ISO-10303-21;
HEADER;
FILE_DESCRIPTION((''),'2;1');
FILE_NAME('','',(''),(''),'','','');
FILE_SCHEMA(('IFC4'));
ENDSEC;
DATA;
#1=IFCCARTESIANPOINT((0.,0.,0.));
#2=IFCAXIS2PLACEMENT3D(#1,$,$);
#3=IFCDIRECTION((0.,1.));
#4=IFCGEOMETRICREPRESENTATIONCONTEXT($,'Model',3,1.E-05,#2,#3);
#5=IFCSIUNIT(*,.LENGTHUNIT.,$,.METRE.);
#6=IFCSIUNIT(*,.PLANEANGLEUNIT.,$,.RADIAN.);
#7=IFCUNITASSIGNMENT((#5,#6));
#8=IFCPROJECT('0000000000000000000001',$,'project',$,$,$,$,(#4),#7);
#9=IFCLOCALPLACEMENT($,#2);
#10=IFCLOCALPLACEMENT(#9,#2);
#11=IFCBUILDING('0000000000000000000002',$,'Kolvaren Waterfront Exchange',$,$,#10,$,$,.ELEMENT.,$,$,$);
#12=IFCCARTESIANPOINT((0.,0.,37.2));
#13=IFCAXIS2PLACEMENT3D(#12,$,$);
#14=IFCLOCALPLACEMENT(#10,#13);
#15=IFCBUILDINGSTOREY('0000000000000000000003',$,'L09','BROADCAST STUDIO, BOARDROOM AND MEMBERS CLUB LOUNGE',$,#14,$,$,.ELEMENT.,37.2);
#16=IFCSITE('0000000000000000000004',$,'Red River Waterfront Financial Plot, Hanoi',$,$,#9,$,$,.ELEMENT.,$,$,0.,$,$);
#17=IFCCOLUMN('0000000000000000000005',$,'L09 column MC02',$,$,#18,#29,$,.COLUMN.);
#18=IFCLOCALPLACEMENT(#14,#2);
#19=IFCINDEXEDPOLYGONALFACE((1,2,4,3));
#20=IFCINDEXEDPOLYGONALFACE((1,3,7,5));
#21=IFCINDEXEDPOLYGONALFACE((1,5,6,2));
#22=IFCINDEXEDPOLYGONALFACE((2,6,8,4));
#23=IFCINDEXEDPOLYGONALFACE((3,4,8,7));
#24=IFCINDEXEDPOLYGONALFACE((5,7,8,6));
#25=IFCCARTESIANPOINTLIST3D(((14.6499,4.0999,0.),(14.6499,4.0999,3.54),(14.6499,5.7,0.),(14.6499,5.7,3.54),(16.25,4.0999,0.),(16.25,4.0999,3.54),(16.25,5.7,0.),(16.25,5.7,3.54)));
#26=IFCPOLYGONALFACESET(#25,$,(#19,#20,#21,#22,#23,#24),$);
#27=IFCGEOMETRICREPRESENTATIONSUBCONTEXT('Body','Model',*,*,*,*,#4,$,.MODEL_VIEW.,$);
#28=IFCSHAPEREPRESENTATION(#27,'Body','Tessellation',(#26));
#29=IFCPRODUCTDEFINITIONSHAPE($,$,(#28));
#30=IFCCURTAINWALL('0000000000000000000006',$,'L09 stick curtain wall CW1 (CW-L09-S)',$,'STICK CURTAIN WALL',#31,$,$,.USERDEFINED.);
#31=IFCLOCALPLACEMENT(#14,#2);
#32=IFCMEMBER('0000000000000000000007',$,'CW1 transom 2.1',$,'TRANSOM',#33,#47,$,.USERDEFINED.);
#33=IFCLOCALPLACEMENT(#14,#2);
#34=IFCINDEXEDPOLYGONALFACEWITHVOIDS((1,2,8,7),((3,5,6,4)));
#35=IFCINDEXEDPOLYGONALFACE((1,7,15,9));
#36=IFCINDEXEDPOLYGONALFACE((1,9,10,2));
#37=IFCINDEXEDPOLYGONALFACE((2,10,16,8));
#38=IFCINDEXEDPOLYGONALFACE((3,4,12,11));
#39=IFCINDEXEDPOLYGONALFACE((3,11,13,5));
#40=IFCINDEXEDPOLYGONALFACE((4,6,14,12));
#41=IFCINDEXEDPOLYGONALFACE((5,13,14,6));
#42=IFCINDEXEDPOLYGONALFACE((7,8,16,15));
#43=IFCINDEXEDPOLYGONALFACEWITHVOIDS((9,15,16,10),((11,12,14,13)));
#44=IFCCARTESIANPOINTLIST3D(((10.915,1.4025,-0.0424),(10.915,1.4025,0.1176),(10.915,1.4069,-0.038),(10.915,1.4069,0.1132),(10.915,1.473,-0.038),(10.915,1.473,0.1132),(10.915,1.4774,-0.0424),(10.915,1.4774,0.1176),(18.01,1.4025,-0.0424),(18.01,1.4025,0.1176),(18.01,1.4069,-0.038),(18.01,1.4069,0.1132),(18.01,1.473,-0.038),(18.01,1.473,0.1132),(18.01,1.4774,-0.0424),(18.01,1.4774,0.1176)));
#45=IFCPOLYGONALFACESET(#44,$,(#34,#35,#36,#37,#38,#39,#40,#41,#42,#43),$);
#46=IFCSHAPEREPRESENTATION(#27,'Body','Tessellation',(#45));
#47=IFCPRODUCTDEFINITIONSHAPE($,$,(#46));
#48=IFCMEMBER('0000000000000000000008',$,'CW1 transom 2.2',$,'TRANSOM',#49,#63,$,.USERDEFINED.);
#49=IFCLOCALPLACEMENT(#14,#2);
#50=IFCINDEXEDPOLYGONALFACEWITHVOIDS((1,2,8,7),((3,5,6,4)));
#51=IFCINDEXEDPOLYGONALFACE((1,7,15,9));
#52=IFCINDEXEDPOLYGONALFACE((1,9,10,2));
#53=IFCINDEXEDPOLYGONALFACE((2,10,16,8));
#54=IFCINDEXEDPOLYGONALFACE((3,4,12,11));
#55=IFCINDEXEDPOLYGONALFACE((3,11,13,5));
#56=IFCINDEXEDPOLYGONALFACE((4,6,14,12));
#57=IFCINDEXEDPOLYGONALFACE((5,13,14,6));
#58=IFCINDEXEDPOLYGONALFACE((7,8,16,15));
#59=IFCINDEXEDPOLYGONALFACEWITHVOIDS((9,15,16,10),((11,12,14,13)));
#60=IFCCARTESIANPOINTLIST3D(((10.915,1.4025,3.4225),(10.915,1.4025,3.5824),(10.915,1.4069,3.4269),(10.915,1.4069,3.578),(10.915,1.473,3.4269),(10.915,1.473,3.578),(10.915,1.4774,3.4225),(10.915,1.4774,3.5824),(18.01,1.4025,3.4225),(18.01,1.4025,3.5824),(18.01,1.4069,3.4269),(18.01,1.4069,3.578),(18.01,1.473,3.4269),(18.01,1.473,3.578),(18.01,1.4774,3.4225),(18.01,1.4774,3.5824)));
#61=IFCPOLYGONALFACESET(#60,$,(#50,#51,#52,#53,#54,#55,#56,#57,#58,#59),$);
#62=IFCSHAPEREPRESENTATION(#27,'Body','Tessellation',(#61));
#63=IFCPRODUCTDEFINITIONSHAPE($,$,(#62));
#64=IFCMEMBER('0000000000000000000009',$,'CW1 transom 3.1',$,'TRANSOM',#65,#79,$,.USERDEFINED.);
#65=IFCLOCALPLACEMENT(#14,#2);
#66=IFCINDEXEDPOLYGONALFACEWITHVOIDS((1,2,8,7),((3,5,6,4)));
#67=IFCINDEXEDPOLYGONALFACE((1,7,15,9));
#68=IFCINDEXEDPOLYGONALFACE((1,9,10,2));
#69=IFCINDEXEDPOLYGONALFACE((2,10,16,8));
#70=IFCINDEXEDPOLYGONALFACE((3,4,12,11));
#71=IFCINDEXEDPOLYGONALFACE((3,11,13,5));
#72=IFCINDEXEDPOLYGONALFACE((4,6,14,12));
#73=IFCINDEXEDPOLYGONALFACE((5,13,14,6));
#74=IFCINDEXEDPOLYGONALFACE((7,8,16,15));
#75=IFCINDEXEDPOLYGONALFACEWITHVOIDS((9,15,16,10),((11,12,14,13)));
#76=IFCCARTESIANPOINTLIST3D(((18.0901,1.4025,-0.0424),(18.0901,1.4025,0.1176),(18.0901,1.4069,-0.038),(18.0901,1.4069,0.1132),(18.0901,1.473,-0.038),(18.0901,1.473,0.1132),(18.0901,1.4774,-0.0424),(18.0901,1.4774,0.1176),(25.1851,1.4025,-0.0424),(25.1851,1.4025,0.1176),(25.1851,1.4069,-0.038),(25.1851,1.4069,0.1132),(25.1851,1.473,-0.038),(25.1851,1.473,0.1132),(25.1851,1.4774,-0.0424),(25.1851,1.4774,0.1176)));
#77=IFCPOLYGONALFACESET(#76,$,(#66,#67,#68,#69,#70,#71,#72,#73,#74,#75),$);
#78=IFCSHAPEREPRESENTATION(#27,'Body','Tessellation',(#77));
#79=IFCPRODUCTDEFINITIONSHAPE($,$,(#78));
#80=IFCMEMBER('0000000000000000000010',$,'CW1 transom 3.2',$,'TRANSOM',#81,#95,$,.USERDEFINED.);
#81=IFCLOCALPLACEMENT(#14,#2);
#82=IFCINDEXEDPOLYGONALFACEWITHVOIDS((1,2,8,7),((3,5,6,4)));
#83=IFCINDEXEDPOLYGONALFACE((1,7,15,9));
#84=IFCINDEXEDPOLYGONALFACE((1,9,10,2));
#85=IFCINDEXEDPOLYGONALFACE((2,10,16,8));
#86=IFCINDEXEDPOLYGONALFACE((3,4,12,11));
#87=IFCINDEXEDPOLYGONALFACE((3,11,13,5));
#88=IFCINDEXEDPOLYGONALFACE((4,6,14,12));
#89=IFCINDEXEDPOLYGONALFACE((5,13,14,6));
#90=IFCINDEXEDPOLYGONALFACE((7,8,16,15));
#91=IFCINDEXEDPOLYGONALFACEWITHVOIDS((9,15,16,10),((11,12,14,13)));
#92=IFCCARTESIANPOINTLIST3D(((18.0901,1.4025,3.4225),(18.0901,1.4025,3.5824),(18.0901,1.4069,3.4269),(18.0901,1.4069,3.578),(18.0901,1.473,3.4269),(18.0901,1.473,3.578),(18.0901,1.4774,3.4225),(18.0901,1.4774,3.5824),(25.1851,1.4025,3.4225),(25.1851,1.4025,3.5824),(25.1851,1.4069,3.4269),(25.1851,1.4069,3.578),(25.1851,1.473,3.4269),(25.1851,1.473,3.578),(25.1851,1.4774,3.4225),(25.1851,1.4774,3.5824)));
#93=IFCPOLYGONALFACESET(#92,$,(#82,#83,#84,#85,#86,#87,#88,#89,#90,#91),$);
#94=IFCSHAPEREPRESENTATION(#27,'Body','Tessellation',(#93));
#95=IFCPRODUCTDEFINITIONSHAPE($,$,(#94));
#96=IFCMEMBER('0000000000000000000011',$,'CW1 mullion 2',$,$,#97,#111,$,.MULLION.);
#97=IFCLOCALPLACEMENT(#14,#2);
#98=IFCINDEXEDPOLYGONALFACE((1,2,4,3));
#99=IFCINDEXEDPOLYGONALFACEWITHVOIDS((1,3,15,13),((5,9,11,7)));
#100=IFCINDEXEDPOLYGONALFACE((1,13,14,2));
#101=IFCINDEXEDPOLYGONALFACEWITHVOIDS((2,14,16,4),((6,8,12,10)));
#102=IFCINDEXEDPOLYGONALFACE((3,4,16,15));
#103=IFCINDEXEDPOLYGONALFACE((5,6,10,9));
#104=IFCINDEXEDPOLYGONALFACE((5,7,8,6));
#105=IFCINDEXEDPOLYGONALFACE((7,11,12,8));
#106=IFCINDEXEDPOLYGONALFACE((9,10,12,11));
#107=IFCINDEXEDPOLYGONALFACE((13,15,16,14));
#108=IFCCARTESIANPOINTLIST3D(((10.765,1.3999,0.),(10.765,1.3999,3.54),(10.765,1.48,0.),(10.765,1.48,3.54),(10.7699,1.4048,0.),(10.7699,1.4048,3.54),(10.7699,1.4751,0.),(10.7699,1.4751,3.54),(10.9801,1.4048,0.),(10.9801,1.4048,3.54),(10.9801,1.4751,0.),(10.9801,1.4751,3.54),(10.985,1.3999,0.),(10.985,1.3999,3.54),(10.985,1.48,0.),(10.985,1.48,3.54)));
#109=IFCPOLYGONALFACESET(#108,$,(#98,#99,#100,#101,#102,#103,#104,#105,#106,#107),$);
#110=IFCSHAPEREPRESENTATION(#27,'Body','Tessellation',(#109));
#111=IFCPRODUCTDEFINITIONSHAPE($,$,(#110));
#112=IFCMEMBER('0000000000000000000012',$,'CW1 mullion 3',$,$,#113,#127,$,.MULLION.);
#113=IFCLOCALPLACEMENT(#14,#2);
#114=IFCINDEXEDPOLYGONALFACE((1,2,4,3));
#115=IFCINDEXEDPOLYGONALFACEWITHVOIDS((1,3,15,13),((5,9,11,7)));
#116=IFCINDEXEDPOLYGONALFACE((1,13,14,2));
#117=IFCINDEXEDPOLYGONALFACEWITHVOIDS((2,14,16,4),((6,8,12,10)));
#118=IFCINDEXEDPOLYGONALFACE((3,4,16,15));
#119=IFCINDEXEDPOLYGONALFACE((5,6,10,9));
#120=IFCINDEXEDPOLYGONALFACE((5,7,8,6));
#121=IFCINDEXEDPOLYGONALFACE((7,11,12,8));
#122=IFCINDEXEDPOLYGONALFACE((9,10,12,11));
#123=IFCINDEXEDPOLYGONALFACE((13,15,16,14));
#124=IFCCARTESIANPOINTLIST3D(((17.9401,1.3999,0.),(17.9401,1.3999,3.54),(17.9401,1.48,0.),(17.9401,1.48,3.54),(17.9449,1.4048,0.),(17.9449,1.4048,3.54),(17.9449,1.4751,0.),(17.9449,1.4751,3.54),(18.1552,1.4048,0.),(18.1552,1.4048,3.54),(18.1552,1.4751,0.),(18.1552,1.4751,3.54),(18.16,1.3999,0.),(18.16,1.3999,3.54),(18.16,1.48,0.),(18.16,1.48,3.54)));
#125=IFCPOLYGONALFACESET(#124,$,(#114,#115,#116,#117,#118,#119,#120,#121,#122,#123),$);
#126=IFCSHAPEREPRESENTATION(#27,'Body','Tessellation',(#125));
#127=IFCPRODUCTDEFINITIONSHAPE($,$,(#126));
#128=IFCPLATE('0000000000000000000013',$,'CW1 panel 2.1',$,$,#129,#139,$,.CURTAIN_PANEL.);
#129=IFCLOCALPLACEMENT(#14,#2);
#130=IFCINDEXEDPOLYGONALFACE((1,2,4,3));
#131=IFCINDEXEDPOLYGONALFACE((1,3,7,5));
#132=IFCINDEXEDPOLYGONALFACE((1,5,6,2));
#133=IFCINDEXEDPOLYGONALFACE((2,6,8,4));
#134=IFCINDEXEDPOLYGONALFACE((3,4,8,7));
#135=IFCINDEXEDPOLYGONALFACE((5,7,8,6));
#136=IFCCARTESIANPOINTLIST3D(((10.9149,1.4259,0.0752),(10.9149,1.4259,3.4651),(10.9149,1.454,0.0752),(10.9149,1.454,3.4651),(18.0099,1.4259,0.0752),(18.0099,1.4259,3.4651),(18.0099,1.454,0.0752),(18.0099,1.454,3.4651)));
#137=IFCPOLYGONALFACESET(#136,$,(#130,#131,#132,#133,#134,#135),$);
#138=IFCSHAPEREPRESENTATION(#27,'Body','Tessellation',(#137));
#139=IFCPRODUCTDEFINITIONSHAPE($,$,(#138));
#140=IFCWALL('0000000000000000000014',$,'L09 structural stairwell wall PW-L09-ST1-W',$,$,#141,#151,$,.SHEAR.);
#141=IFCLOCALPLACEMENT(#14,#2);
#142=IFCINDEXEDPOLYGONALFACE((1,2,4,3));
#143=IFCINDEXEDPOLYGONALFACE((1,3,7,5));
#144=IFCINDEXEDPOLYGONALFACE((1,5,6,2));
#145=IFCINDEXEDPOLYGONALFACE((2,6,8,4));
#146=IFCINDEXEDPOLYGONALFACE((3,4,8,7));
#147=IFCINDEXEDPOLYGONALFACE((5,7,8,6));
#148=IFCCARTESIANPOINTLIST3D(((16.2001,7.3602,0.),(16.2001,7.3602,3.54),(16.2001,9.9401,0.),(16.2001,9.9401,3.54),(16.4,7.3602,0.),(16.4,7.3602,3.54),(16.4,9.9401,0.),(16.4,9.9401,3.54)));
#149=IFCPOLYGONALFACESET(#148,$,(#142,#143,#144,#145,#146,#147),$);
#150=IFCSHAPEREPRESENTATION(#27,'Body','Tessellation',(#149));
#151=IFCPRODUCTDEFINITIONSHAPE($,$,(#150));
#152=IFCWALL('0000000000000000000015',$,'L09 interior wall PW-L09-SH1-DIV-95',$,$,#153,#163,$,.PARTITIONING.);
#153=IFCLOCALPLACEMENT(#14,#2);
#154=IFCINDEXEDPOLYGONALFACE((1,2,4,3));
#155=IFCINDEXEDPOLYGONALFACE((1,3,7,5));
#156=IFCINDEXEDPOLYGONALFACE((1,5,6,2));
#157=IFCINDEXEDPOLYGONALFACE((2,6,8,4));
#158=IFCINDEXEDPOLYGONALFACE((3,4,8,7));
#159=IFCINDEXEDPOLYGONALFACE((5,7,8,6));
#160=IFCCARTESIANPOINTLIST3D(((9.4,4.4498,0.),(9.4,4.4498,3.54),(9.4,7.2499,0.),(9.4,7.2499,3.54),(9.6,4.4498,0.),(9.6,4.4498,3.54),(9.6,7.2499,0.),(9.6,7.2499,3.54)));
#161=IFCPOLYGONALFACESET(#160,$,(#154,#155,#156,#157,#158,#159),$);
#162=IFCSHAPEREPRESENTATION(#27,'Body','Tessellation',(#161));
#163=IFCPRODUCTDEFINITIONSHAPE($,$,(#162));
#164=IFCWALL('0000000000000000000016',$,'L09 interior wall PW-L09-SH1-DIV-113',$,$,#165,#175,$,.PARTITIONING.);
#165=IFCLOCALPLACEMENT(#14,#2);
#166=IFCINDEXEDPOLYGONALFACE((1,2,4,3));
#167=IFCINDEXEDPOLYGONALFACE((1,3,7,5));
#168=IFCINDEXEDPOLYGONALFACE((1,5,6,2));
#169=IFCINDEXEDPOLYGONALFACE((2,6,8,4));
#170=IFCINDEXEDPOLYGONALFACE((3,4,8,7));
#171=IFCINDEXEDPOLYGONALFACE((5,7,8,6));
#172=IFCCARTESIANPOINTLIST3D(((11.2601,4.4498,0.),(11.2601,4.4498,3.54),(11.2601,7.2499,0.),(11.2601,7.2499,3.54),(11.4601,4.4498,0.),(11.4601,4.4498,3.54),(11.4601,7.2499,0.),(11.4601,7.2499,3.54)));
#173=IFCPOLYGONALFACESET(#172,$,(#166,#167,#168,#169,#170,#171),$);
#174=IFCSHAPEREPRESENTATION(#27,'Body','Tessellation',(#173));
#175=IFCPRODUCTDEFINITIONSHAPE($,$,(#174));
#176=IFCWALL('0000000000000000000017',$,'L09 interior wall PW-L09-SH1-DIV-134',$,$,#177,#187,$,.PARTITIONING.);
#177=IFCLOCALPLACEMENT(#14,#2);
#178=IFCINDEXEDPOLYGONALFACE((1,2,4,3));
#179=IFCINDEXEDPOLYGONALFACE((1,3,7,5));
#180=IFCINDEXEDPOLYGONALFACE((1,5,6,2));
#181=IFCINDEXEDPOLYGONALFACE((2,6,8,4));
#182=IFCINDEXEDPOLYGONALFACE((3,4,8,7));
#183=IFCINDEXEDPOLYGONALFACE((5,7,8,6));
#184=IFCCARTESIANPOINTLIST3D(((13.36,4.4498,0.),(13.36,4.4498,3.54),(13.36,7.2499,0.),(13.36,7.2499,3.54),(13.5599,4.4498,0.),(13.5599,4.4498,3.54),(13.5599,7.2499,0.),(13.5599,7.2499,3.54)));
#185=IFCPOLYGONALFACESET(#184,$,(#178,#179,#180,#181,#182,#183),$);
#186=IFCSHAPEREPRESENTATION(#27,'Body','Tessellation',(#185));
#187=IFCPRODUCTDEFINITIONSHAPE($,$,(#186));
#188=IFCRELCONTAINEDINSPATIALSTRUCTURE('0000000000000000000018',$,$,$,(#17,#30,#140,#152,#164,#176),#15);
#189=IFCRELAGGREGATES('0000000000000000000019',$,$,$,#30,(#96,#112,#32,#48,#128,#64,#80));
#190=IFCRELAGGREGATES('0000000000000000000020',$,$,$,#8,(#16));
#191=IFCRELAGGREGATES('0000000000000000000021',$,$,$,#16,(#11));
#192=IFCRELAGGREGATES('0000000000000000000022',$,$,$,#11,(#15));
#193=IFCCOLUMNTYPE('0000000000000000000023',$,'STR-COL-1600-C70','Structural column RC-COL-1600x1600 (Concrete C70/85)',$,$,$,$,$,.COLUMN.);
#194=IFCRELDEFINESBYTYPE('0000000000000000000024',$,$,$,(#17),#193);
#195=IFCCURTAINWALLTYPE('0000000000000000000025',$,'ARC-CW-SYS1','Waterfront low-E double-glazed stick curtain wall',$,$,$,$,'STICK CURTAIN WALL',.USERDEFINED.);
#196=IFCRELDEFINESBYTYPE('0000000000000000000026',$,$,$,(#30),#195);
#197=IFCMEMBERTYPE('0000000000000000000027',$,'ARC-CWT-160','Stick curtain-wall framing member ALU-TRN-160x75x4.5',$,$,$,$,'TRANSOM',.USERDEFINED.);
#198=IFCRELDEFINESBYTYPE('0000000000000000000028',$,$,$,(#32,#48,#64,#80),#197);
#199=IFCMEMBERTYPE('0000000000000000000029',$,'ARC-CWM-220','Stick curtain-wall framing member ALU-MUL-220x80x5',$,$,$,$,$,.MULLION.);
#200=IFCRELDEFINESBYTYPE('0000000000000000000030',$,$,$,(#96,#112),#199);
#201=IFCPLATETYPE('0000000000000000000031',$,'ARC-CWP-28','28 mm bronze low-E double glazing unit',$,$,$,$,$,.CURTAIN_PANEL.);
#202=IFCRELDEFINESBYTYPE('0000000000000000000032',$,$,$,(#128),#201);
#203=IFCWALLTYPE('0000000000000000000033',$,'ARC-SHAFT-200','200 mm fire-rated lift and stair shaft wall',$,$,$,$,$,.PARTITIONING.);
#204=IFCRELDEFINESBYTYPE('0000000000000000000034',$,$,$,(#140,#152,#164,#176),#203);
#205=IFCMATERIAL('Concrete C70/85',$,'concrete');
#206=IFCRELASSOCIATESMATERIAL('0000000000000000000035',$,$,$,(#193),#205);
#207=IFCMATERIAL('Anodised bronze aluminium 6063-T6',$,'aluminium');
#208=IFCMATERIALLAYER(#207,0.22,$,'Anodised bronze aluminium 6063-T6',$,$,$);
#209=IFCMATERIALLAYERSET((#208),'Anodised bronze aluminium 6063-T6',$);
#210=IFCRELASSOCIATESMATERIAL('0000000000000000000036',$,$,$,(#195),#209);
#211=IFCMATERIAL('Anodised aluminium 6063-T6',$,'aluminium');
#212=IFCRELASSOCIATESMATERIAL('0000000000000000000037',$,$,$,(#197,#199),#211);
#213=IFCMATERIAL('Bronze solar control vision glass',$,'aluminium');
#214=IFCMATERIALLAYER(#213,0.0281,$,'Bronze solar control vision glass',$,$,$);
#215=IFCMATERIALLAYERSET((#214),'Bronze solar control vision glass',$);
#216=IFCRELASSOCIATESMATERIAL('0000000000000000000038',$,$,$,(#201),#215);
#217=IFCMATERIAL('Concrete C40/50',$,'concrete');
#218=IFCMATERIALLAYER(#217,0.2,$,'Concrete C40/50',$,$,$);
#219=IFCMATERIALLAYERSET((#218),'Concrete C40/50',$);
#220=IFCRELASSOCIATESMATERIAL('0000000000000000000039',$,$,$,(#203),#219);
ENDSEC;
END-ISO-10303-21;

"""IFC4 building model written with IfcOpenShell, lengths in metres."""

from ifc_helpers import new_model, si_unit, direction, frame, frame_2d, origin, origin_with_axes, origin_2d, place, context, subcontext, project, spatial, rectangle, hollow_rectangle, extrude, source, transform, mapped, material, layer, layer_set, material_profile, profile_set, type_object, element, aggregate, save


model = new_model("IFC4")

# Units and contexts
model_context = context("Model", 3, precision=1e-05, world=origin(), true_north=direction((0.0, 1.0)))
body_context = subcontext(model_context, "Body", "Model", "MODEL_VIEW")
ifc_project = project(units=[si_unit("LENGTHUNIT", "METRE"), si_unit("PLANEANGLEUNIT", "RADIAN")], contexts=[model_context])

# Site, building, storey
site_placement = place(None, origin())
site = spatial("IfcSite", under=ifc_project, at=site_placement, Name="Red River Waterfront Financial Plot, Hanoi", CompositionType="ELEMENT", RefElevation=0.0)
building_placement = place(site_placement, origin())
building = spatial("IfcBuilding", under=site, at=building_placement, Name="Kolvaren Waterfront Exchange", CompositionType="ELEMENT")
storey_placement = place(building_placement, frame((0.0, 0.0, 37.2)))
storey = spatial("IfcBuildingStorey", under=building, at=storey_placement, Name="L09", Description="BROADCAST STUDIO, BOARDROOM AND MEMBERS CLUB LOUNGE", CompositionType="ELEMENT", Elevation=37.2)

# Column
ifc_material_1 = material(Name="Concrete C70/85", Category="concrete")
ifc_material_profile_1 = material_profile(ifc_material_1, rectangle(XDim=1.6001, YDim=1.6001, at=origin_2d()), Name="RC-COL-1600x1600")
ifc_profile_set_1 = profile_set([ifc_material_profile_1], Name="Concrete C70/85")
column_type = type_object("IfcColumnType", Name="STR-COL-1600-C70", Description="Structural column RC-COL-1600x1600 (Concrete C70/85)", PredefinedType="COLUMN", material=ifc_profile_set_1)
column_placement = place(storey_placement, frame((15.45, 4.8999, 0.0), z_axis=(0.0, 0.0, 1.0), x_axis=(1.0, 0.0, 0.0)))
element("IfcColumn", 1, at=column_placement, inside=storey, type_object=column_type, Name="L09 column MC02", PredefinedType="COLUMN", context=body_context, shape_type="SweptSolid", body=[
    extrude(rectangle(XDim=1.6001, YDim=1.6001, at=origin_2d()), origin(), (0.0, 0.0, 1.0), 3.54),
])

# Curtain wall, members, plate
ifc_material_2 = material(Name="Anodised bronze aluminium 6063-T6", Category="aluminium")
ifc_layer_1 = layer(ifc_material_2, 0.22, Name="Anodised bronze aluminium 6063-T6")
ifc_layer_set_1 = layer_set([ifc_layer_1], Name="Anodised bronze aluminium 6063-T6")
curtain_wall_type = type_object("IfcCurtainWallType", Name="ARC-CW-SYS1", Description="Waterfront low-E double-glazed stick curtain wall", ElementType="STICK CURTAIN WALL", PredefinedType="USERDEFINED", material=ifc_layer_set_1)
curtain_wall_placement = place(storey_placement, origin())
curtain_wall = element("IfcCurtainWall", 2, at=curtain_wall_placement, inside=storey, type_object=curtain_wall_type, Name="L09 stick curtain wall CW1 (CW-L09-S)", ObjectType="STICK CURTAIN WALL", PredefinedType="USERDEFINED")
ifc_material_3 = material(Name="Anodised aluminium 6063-T6", Category="aluminium")
ifc_material_profile_2 = material_profile(ifc_material_3, hollow_rectangle(XDim=0.075, YDim=0.1599, WallThickness=0.0044, at=origin_2d()), Name="ALU-TRN-160x75x4.5")
ifc_profile_set_2 = profile_set([ifc_material_profile_2], Name="Anodised aluminium 6063-T6")
member_type_1 = type_object("IfcMemberType", Name="ARC-CWT-160", Description="Stick curtain-wall framing member ALU-TRN-160x75x4.5", ElementType="TRANSOM", PredefinedType="USERDEFINED", material=ifc_profile_set_2)
shared_shape_1 = source(origin_with_axes(), body_context, "Body", "SweptSolid", [
    extrude(hollow_rectangle(XDim=0.075, YDim=0.1599, WallThickness=0.0044, at=origin_2d()), origin(), (0.0, 0.0, 1.0), 7.095),
])
member_1_placement = place(storey_placement, frame((10.915, 1.4399, 0.0376), z_axis=(1.0, 0.0, 0.0), x_axis=(0.0, 1.0, 0.0)))
member_1 = element("IfcMember", 3, at=member_1_placement, type_object=member_type_1, Name="CW1 transom 2.1", ObjectType="TRANSOM", PredefinedType="USERDEFINED", context=body_context, shape_type="MappedRepresentation", body=[
    mapped(shared_shape_1, transform((0.0, 0.0, 0.0), x_axis=(1.0, 0.0, 0.0), y_axis=(0.0, 1.0, 0.0), z_axis=(0.0, 0.0, 1.0), scale=1.0)),
])
member_2_placement = place(storey_placement, frame((10.915, 1.4399, 3.5024), z_axis=(1.0, 0.0, 0.0), x_axis=(0.0, 1.0, 0.0)))
member_2 = element("IfcMember", 4, at=member_2_placement, type_object=member_type_1, Name="CW1 transom 2.2", ObjectType="TRANSOM", PredefinedType="USERDEFINED", context=body_context, shape_type="MappedRepresentation", body=[
    mapped(shared_shape_1, transform((0.0, 0.0, 0.0), x_axis=(1.0, 0.0, 0.0), y_axis=(0.0, 1.0, 0.0), z_axis=(0.0, 0.0, 1.0), scale=1.0)),
])
member_3_placement = place(storey_placement, frame((18.0901, 1.4399, 0.0376), z_axis=(1.0, 0.0, 0.0), x_axis=(0.0, 1.0, 0.0)))
member_3 = element("IfcMember", 5, at=member_3_placement, type_object=member_type_1, Name="CW1 transom 3.1", ObjectType="TRANSOM", PredefinedType="USERDEFINED", context=body_context, shape_type="MappedRepresentation", body=[
    mapped(shared_shape_1, transform((0.0, 0.0, 0.0), x_axis=(1.0, 0.0, 0.0), y_axis=(0.0, 1.0, 0.0), z_axis=(0.0, 0.0, 1.0), scale=1.0)),
])
member_4_placement = place(storey_placement, frame((18.0901, 1.4399, 3.5024), z_axis=(1.0, 0.0, 0.0), x_axis=(0.0, 1.0, 0.0)))
member_4 = element("IfcMember", 6, at=member_4_placement, type_object=member_type_1, Name="CW1 transom 3.2", ObjectType="TRANSOM", PredefinedType="USERDEFINED", context=body_context, shape_type="MappedRepresentation", body=[
    mapped(shared_shape_1, transform((0.0, 0.0, 0.0), x_axis=(1.0, 0.0, 0.0), y_axis=(0.0, 1.0, 0.0), z_axis=(0.0, 0.0, 1.0), scale=1.0)),
])
ifc_material_profile_3 = material_profile(ifc_material_3, hollow_rectangle(XDim=0.0801, YDim=0.22, WallThickness=0.0049, at=origin_2d()), Name="ALU-MUL-220x80x5")
ifc_profile_set_3 = profile_set([ifc_material_profile_3], Name="Anodised aluminium 6063-T6")
member_type_2 = type_object("IfcMemberType", Name="ARC-CWM-220", Description="Stick curtain-wall framing member ALU-MUL-220x80x5", PredefinedType="MULLION", material=ifc_profile_set_3)
shared_shape_2 = source(origin_with_axes(), body_context, "Body", "SweptSolid", [
    extrude(hollow_rectangle(XDim=0.0801, YDim=0.22, WallThickness=0.0049, at=origin_2d()), origin(), (0.0, 0.0, 1.0), 3.54),
])
member_5_placement = place(storey_placement, frame((10.875, 1.4399, 0.0), z_axis=(0.0, 0.0, 1.0), x_axis=(0.0, 1.0, 0.0)))
member_5 = element("IfcMember", 7, at=member_5_placement, type_object=member_type_2, Name="CW1 mullion 2", PredefinedType="MULLION", context=body_context, shape_type="MappedRepresentation", body=[
    mapped(shared_shape_2, transform((0.0, 0.0, 0.0), x_axis=(1.0, 0.0, 0.0), y_axis=(0.0, 1.0, 0.0), z_axis=(0.0, 0.0, 1.0), scale=1.0)),
])
member_6_placement = place(storey_placement, frame((18.05, 1.4399, 0.0), z_axis=(0.0, 0.0, 1.0), x_axis=(0.0, 1.0, 0.0)))
member_6 = element("IfcMember", 8, at=member_6_placement, type_object=member_type_2, Name="CW1 mullion 3", PredefinedType="MULLION", context=body_context, shape_type="MappedRepresentation", body=[
    mapped(shared_shape_2, transform((0.0, 0.0, 0.0), x_axis=(1.0, 0.0, 0.0), y_axis=(0.0, 1.0, 0.0), z_axis=(0.0, 0.0, 1.0), scale=1.0)),
])
ifc_material_4 = material(Name="Bronze solar control vision glass", Category="aluminium")
ifc_layer_2 = layer(ifc_material_4, 0.0281, Name="Bronze solar control vision glass")
ifc_layer_set_2 = layer_set([ifc_layer_2], Name="Bronze solar control vision glass")
plate_type = type_object("IfcPlateType", Name="ARC-CWP-28", Description="28 mm bronze low-E double glazing unit", PredefinedType="CURTAIN_PANEL", material=ifc_layer_set_2)
shared_shape_3 = source(origin_with_axes(), body_context, "Body", "SweptSolid", [
    extrude(rectangle(XDim=7.095, YDim=0.0281, at=origin_2d()), origin(), (0.0, 0.0, 1.0), 3.3899),
])
plate_placement = place(storey_placement, frame((14.4624, 1.4399, 0.0752), z_axis=(0.0, 0.0, 1.0), x_axis=(1.0, 0.0, 0.0)))
plate = element("IfcPlate", 9, at=plate_placement, type_object=plate_type, Name="CW1 panel 2.1", PredefinedType="CURTAIN_PANEL", context=body_context, shape_type="MappedRepresentation", body=[
    mapped(shared_shape_3, transform((0.0, 0.0, 0.0), x_axis=(1.0, 0.0, 0.0), y_axis=(0.0, 1.0, 0.0), z_axis=(0.0, 0.0, 1.0), scale=1.0)),
])
aggregate(curtain_wall, [member_5, member_6, member_1, member_2, plate, member_3, member_4])

# Walls
ifc_material_5 = material(Name="Concrete C40/50", Category="concrete")
ifc_layer_3 = layer(ifc_material_5, 0.2, Name="Concrete C40/50")
ifc_layer_set_3 = layer_set([ifc_layer_3], Name="Concrete C40/50")
wall_type_1 = type_object("IfcWallType", Name="ARC-SHAFT-200", Description="200 mm fire-rated lift and stair shaft wall", PredefinedType="PARTITIONING", material=ifc_layer_set_3)
wall_1_placement = place(storey_placement, frame((16.3, 7.3601, 0.0), z_axis=(0.0, 0.0, 1.0), x_axis=(0.0, 1.0, 0.0)))
element("IfcWall", 10, at=wall_1_placement, inside=storey, type_object=wall_type_1, Name="L09 structural stairwell wall PW-L09-ST1-W", PredefinedType="SHEAR", context=body_context, shape_type="SweptSolid", body=[
    extrude(rectangle(XDim=2.5798, YDim=0.2, at=frame_2d((1.29, 0.0))), origin(), (0.0, 0.0, 1.0), 3.54),
])
for number, where, z_axis, x_axis, name in (
    (11, (9.5, 4.45, 0.0), (0.0, 0.0, 1.0), (0.0, 1.0, 0.0), "L09 interior wall PW-L09-SH1-DIV-95"),
    (12, (11.3601, 4.45, 0.0), (0.0, 0.0, 1.0), (0.0, 1.0, 0.0), "L09 interior wall PW-L09-SH1-DIV-113"),
    (13, (13.46, 4.45, 0.0), (0.0, 0.0, 1.0), (0.0, 1.0, 0.0), "L09 interior wall PW-L09-SH1-DIV-134"),
):
    element("IfcWall", number, at=place(storey_placement, frame(where, z_axis=z_axis, x_axis=x_axis)), inside=storey, type_object=wall_type_1, Name=name, PredefinedType="PARTITIONING", context=body_context, shape_type="SweptSolid", body=[
        extrude(rectangle(XDim=2.8, YDim=0.2, at=frame_2d((1.3999, 0.0))), origin(), (0.0, 0.0, 1.0), 3.54),
    ])

save(model, "model.ifc")
